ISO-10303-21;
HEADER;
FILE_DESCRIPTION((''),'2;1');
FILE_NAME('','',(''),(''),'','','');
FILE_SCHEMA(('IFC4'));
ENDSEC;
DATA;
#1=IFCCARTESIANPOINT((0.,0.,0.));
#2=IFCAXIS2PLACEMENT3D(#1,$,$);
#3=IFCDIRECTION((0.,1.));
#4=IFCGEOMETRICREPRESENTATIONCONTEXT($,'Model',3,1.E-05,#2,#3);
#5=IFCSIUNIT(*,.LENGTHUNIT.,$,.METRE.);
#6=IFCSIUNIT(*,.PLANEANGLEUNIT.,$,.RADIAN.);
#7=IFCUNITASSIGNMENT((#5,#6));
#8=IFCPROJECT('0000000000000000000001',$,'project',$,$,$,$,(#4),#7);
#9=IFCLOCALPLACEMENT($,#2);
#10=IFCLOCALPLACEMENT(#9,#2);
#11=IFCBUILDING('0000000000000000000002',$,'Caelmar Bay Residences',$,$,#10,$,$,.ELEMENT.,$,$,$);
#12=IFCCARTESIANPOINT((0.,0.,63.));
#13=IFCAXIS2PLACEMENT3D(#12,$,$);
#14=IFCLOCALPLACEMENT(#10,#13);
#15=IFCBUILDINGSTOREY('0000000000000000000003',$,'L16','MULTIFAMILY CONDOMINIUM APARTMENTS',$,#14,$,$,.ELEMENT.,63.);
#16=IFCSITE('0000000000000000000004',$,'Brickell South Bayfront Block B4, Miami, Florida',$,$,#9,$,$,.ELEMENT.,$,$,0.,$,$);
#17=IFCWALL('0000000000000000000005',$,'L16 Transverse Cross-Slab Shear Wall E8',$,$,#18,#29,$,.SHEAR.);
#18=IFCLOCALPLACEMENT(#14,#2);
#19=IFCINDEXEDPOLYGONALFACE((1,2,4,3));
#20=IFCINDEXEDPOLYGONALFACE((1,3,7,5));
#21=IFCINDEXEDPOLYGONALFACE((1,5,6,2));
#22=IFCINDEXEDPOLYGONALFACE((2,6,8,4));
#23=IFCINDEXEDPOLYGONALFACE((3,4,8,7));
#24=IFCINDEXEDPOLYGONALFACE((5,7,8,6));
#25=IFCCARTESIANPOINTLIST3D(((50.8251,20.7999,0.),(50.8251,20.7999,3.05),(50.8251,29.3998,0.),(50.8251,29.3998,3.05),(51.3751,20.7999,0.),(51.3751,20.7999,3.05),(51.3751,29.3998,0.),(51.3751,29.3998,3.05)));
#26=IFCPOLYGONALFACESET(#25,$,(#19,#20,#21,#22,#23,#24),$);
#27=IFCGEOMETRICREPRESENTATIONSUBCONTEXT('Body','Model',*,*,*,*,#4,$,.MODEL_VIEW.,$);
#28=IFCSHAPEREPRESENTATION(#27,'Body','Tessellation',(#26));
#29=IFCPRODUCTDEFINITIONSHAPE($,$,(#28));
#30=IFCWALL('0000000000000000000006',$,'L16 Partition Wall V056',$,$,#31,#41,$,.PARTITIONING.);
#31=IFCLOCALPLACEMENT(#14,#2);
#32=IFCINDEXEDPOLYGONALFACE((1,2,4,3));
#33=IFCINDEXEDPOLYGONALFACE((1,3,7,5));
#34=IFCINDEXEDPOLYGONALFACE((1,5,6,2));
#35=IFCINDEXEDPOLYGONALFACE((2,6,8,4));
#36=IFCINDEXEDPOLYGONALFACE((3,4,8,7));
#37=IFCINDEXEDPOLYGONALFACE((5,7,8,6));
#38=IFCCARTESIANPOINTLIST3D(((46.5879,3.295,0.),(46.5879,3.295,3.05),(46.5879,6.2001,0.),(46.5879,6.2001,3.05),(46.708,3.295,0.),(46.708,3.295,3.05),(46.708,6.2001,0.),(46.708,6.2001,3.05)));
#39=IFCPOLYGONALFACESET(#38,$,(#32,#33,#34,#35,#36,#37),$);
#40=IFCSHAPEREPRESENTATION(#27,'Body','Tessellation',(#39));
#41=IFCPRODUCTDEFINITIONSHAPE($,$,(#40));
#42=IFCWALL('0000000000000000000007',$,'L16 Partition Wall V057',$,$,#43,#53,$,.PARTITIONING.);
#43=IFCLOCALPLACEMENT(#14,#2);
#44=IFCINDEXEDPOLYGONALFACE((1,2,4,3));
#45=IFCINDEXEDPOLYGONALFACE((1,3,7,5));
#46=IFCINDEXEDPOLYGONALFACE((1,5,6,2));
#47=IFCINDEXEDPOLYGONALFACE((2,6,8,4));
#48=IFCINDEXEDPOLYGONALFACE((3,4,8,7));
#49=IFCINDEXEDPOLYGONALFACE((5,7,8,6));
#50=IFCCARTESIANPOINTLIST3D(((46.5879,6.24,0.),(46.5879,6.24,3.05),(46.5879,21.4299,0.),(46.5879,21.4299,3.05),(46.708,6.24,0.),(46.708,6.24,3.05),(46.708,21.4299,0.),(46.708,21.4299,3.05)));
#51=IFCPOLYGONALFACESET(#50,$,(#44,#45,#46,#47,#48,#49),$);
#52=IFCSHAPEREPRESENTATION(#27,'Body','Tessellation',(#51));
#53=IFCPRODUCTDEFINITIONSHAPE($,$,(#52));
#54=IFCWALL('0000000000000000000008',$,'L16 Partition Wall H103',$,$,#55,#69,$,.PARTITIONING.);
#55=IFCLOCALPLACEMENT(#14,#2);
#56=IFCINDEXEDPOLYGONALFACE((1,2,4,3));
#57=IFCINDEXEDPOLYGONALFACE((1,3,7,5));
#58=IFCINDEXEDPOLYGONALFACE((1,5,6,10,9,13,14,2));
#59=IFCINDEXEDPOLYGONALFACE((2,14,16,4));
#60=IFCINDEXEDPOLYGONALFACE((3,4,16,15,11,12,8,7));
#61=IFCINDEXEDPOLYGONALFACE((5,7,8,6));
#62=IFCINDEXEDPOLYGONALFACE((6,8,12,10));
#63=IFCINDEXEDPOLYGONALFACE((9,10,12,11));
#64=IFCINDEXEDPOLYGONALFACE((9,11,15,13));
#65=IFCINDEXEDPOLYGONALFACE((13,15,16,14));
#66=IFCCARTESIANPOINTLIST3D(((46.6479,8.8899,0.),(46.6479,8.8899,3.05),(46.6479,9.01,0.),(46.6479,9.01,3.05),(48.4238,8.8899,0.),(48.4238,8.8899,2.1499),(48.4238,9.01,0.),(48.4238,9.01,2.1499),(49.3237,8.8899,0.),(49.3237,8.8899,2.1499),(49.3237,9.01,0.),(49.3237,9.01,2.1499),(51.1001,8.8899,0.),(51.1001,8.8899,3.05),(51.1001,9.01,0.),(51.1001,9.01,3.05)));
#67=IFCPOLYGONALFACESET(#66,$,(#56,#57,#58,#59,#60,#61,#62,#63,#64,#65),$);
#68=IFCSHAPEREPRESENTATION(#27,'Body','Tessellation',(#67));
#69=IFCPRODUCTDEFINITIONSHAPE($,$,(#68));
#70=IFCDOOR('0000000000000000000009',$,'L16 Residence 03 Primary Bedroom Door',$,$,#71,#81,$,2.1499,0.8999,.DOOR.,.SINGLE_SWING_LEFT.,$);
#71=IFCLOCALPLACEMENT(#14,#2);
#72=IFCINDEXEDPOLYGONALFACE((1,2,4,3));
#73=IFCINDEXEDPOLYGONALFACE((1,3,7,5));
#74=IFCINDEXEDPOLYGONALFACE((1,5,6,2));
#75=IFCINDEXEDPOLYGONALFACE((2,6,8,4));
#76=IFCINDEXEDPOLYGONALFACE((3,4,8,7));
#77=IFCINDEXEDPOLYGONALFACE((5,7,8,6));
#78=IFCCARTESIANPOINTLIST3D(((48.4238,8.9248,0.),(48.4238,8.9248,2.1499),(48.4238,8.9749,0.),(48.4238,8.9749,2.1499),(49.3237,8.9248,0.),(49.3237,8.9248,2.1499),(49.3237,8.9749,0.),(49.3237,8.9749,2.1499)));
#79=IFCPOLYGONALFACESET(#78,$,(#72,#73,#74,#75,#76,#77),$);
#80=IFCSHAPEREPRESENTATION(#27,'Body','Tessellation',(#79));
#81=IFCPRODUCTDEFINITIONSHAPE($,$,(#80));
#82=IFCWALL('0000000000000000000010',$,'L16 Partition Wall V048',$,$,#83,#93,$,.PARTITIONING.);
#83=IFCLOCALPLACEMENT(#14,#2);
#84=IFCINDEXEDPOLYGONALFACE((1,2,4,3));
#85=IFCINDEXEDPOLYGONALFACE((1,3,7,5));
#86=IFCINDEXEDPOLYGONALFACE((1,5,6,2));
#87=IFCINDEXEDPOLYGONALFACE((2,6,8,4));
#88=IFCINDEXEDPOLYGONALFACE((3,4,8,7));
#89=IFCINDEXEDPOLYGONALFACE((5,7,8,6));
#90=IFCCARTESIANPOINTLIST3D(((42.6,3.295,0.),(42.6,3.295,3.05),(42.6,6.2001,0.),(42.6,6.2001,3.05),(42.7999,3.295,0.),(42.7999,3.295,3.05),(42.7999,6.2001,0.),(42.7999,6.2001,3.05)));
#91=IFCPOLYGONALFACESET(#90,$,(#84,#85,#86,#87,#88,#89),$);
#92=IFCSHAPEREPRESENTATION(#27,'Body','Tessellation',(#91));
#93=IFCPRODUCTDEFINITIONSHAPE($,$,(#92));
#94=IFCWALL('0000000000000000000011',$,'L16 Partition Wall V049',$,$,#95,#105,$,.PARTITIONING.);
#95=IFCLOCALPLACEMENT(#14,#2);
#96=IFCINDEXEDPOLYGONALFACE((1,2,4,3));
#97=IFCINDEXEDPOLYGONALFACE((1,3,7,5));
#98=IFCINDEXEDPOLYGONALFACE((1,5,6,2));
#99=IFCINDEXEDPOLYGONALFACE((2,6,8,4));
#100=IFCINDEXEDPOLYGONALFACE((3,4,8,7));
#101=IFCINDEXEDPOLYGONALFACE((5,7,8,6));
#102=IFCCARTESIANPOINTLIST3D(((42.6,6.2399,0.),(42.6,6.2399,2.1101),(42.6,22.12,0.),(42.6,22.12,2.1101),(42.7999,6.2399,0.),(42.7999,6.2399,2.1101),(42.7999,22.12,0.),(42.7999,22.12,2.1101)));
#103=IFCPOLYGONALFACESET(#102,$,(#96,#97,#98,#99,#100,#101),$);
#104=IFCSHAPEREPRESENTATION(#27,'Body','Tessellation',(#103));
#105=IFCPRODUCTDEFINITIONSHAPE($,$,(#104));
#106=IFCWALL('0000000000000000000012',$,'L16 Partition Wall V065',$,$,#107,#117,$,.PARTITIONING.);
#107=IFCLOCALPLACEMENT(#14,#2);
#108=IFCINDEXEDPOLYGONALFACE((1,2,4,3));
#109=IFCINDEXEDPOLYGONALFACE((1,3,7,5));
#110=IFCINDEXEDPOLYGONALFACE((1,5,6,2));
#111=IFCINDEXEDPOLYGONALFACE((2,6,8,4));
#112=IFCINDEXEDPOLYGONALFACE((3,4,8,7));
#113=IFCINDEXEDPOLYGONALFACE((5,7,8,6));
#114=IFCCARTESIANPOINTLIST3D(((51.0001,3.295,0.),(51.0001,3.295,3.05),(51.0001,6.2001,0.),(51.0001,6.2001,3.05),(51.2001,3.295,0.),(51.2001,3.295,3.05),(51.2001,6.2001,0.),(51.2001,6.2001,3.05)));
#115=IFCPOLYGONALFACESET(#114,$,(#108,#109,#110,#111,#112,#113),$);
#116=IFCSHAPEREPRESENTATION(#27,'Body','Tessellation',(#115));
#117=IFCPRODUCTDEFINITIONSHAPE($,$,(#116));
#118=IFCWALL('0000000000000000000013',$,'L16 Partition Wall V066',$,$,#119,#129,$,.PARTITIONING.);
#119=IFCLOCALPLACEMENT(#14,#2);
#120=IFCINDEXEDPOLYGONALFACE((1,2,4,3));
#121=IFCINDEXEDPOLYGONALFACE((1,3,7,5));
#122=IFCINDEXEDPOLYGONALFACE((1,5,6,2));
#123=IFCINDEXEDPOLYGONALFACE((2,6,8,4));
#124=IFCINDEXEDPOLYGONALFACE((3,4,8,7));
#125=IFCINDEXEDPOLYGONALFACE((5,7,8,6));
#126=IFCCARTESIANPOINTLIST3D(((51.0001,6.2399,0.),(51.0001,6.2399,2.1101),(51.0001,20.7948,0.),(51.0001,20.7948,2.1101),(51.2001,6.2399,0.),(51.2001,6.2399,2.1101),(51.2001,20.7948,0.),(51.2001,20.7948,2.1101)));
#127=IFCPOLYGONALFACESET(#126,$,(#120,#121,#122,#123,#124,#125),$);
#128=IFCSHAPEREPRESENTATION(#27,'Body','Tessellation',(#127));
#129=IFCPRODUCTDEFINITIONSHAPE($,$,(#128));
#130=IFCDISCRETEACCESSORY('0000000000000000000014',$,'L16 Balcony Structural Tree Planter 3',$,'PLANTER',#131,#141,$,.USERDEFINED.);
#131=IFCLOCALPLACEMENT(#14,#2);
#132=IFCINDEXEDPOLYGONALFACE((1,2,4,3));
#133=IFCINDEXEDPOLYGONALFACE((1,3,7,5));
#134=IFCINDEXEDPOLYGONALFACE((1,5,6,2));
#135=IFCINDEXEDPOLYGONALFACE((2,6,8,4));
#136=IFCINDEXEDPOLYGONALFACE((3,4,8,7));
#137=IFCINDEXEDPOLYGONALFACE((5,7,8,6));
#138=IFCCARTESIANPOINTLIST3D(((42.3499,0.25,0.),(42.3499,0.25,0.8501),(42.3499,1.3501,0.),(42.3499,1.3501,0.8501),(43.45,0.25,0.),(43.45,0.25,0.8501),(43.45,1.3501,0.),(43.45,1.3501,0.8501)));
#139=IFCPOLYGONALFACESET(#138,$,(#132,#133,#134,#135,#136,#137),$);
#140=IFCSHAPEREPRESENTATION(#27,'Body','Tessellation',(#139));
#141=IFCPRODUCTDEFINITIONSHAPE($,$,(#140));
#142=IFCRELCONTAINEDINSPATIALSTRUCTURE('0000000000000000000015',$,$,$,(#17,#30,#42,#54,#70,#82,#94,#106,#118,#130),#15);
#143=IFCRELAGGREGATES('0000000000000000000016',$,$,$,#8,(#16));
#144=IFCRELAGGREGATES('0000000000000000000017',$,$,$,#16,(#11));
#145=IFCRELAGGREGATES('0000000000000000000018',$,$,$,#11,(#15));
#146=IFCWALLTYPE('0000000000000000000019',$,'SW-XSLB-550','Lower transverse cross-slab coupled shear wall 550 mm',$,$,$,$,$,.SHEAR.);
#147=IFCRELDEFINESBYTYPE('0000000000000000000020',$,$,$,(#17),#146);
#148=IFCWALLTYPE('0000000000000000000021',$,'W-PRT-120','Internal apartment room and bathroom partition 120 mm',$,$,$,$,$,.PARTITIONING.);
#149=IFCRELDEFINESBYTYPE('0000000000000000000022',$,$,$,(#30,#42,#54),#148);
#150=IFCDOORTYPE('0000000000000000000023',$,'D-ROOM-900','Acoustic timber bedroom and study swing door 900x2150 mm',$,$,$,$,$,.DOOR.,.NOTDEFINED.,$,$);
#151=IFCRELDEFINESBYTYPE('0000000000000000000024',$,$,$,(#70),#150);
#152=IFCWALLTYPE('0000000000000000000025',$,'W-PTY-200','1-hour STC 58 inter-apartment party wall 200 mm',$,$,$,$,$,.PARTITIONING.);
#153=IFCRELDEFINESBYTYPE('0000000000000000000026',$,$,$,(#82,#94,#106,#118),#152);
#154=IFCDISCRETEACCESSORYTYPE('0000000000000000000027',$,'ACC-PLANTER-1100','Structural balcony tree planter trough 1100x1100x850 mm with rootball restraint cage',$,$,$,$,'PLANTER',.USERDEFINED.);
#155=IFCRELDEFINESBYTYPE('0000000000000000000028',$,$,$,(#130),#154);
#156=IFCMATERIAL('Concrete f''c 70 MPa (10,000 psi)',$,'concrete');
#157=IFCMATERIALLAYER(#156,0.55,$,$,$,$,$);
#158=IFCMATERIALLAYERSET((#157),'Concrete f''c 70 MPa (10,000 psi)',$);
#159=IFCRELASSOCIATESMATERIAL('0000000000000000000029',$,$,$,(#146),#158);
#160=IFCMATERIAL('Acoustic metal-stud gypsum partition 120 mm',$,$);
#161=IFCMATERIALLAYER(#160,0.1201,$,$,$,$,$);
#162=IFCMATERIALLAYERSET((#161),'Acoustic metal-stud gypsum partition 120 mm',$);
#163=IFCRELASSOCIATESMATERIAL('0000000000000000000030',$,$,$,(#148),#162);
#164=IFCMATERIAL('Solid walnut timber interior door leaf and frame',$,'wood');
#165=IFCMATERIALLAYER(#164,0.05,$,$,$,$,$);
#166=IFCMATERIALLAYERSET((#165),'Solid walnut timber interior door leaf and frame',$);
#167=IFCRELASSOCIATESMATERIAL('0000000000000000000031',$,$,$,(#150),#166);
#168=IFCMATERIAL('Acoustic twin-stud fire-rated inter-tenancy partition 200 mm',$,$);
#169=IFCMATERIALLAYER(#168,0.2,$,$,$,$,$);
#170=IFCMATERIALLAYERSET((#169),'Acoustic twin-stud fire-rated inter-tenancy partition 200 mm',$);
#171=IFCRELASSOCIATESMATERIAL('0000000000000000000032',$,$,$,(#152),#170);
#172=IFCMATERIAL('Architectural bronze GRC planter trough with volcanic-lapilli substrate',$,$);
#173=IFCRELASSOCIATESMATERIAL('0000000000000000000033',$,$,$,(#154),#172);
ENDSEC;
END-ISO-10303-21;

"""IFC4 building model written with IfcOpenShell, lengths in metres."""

from ifc_helpers import new_model, si_unit, direction, frame, frame_2d, origin, origin_2d, place, context, subcontext, project, spatial, rectangle, extrude, material, layer, layer_set, type_object, element, fill, save


model = new_model("IFC4")

# Units and contexts
model_context = context("Model", 3, precision=1e-05, world=origin(), true_north=direction((0.0, 1.0)))
body_context = subcontext(model_context, "Body", "Model", "MODEL_VIEW")
ifc_project = project(units=[si_unit("LENGTHUNIT", "METRE"), si_unit("PLANEANGLEUNIT", "RADIAN")], contexts=[model_context])

# Site, building, storey
site_placement = place(None, origin())
site = spatial("IfcSite", under=ifc_project, at=site_placement, Name="Brickell South Bayfront Block B4, Miami, Florida", CompositionType="ELEMENT", RefElevation=0.0)
building_placement = place(site_placement, origin())
building = spatial("IfcBuilding", under=site, at=building_placement, Name="Caelmar Bay Residences", CompositionType="ELEMENT")
storey_placement = place(building_placement, frame((0.0, 0.0, 63.0)))
storey = spatial("IfcBuildingStorey", under=building, at=storey_placement, Name="L16", Description="MULTIFAMILY CONDOMINIUM APARTMENTS", CompositionType="ELEMENT", Elevation=63.0)

# Shared definitions
ifc_material_1 = material(Name="Concrete f'c 70 MPa (10,000 psi)", Category="concrete")

# Walls
ifc_layer_1 = layer(ifc_material_1, 0.55)
ifc_layer_set_1 = layer_set([ifc_layer_1], Name="Concrete f'c 70 MPa (10,000 psi)")
wall_type_1 = type_object("IfcWallType", Name="SW-XSLB-550", Description="Lower transverse cross-slab coupled shear wall 550 mm", PredefinedType="SHEAR", material=ifc_layer_set_1)
wall_1_placement = place(storey_placement, frame((51.1001, 20.8, 0.0), z_axis=(0.0, 0.0, 1.0), x_axis=(0.0, 1.0, 0.0)))
element("IfcWall", 1, at=wall_1_placement, inside=storey, type_object=wall_type_1, Name="L16 Transverse Cross-Slab Shear Wall E8", PredefinedType="SHEAR", context=body_context, shape_type="SweptSolid", body=[
    extrude(rectangle(XDim=8.5999, YDim=0.55, at=frame_2d((4.2998, 0.0))), origin(), (0.0, 0.0, 1.0), 3.05),
])
ifc_material_2 = material(Name="Acoustic metal-stud gypsum partition 120 mm")
ifc_layer_2 = layer(ifc_material_2, 0.1201)
ifc_layer_set_2 = layer_set([ifc_layer_2], Name="Acoustic metal-stud gypsum partition 120 mm")
wall_type_2 = type_object("IfcWallType", Name="W-PRT-120", Description="Internal apartment room and bathroom partition 120 mm", PredefinedType="PARTITIONING", material=ifc_layer_set_2)
wall_2_placement = place(storey_placement, frame((46.6479, 3.2949, 0.0), z_axis=(0.0, 0.0, 1.0), x_axis=(0.0, 1.0, 0.0)))
element("IfcWall", 2, at=wall_2_placement, inside=storey, type_object=wall_type_2, Name="L16 Partition Wall V056", PredefinedType="PARTITIONING", context=body_context, shape_type="SweptSolid", body=[
    extrude(rectangle(XDim=2.905, YDim=0.1201, at=frame_2d((1.4526, 0.0))), origin(), (0.0, 0.0, 1.0), 3.05),
])
wall_3_placement = place(storey_placement, frame((46.6479, 6.24, 0.0), z_axis=(0.0, 0.0, 1.0), x_axis=(0.0, 1.0, 0.0)))
element("IfcWall", 3, at=wall_3_placement, inside=storey, type_object=wall_type_2, Name="L16 Partition Wall V057", PredefinedType="PARTITIONING", context=body_context, shape_type="SweptSolid", body=[
    extrude(rectangle(XDim=15.1899, YDim=0.1201, at=frame_2d((7.595, 0.0))), origin(), (0.0, 0.0, 1.0), 3.05),
])

# Wall, opening, door
wall_4_placement = place(storey_placement, frame((46.6479, 8.95, 0.0), z_axis=(0.0, 0.0, 1.0), x_axis=(1.0, 0.0, 0.0)))
wall_4 = element("IfcWall", 4, at=wall_4_placement, inside=storey, type_object=wall_type_2, Name="L16 Partition Wall H103", PredefinedType="PARTITIONING", context=body_context, shape_type="SweptSolid", body=[
    extrude(rectangle(XDim=4.4521, YDim=0.1201, at=frame_2d((2.2261, 0.0))), origin(), (0.0, 0.0, 1.0), 3.05),
])
opening_placement = place(wall_4_placement, frame((1.7759, 0.0, 0.0)))
opening = element("IfcOpeningElement", 5, at=opening_placement, cuts=wall_4, PredefinedType="OPENING", context=body_context, shape_type="SweptSolid", body=[
    extrude(rectangle(XDim=0.8999, YDim=2.1499, at=frame_2d((0.45, 1.075))), frame((0.0, 0.0701, 0.0), z_axis=(0.0, -1.0, 0.0), x_axis=(1.0, 0.0, 0.0)), (0.0, 0.0, 1.0), 0.1401),
])
ifc_material_3 = material(Name="Solid walnut timber interior door leaf and frame", Category="wood")
ifc_layer_3 = layer(ifc_material_3, 0.05)
ifc_layer_set_3 = layer_set([ifc_layer_3], Name="Solid walnut timber interior door leaf and frame")
door_type = type_object("IfcDoorType", Name="D-ROOM-900", Description="Acoustic timber bedroom and study swing door 900x2150 mm", OperationType="NOTDEFINED", PredefinedType="DOOR", material=ifc_layer_set_3)
door_placement = place(opening_placement, origin())
door = element("IfcDoor", 6, at=door_placement, inside=storey, type_object=door_type, Name="L16 Residence 03 Primary Bedroom Door", OperationType="SINGLE_SWING_LEFT", OverallHeight=2.1499, OverallWidth=0.8999, PredefinedType="DOOR", context=body_context, shape_type="SweptSolid", body=[
    extrude(rectangle(XDim=0.8999, YDim=2.1499, at=frame_2d((0.45, 1.075))), frame((0.0, 0.0249, 0.0), z_axis=(0.0, -1.0, 0.0), x_axis=(1.0, 0.0, 0.0)), (0.0, 0.0, 1.0), 0.05),
])
fill(opening, door)

# Walls
ifc_material_4 = material(Name="Acoustic twin-stud fire-rated inter-tenancy partition 200 mm")
ifc_layer_4 = layer(ifc_material_4, 0.2)
ifc_layer_set_4 = layer_set([ifc_layer_4], Name="Acoustic twin-stud fire-rated inter-tenancy partition 200 mm")
wall_type_3 = type_object("IfcWallType", Name="W-PTY-200", Description="1-hour STC 58 inter-apartment party wall 200 mm", PredefinedType="PARTITIONING", material=ifc_layer_set_4)
wall_5_placement = place(storey_placement, frame((42.7, 3.2949, 0.0), z_axis=(0.0, 0.0, 1.0), x_axis=(0.0, 1.0, 0.0)))
element("IfcWall", 7, at=wall_5_placement, inside=storey, type_object=wall_type_3, Name="L16 Partition Wall V048", PredefinedType="PARTITIONING", context=body_context, shape_type="SweptSolid", body=[
    extrude(rectangle(XDim=2.905, YDim=0.2, at=frame_2d((1.4526, 0.0))), origin(), (0.0, 0.0, 1.0), 3.05),
])
wall_6_placement = place(storey_placement, frame((42.7, 6.24, 0.0), z_axis=(0.0, 0.0, 1.0), x_axis=(0.0, 1.0, 0.0)))
element("IfcWall", 8, at=wall_6_placement, inside=storey, type_object=wall_type_3, Name="L16 Partition Wall V049", PredefinedType="PARTITIONING", context=body_context, shape_type="SweptSolid", body=[
    extrude(rectangle(XDim=15.8801, YDim=0.2, at=frame_2d((7.9399, 0.0))), origin(), (0.0, 0.0, 1.0), 2.1101),
])
wall_7_placement = place(storey_placement, frame((51.1001, 3.2949, 0.0), z_axis=(0.0, 0.0, 1.0), x_axis=(0.0, 1.0, 0.0)))
element("IfcWall", 9, at=wall_7_placement, inside=storey, type_object=wall_type_3, Name="L16 Partition Wall V065", PredefinedType="PARTITIONING", context=body_context, shape_type="SweptSolid", body=[
    extrude(rectangle(XDim=2.905, YDim=0.2, at=frame_2d((1.4526, 0.0))), origin(), (0.0, 0.0, 1.0), 3.05),
])
wall_8_placement = place(storey_placement, frame((51.1001, 6.24, 0.0), z_axis=(0.0, 0.0, 1.0), x_axis=(0.0, 1.0, 0.0)))
element("IfcWall", 10, at=wall_8_placement, inside=storey, type_object=wall_type_3, Name="L16 Partition Wall V066", PredefinedType="PARTITIONING", context=body_context, shape_type="SweptSolid", body=[
    extrude(rectangle(XDim=14.5549, YDim=0.2, at=frame_2d((7.2773, 0.0))), origin(), (0.0, 0.0, 1.0), 2.1101),
])

# Discrete accessory
ifc_material_5 = material(Name="Architectural bronze GRC planter trough with volcanic-lapilli substrate")
discrete_accessory_type = type_object("IfcDiscreteAccessoryType", Name="ACC-PLANTER-1100", Description="Structural balcony tree planter trough 1100x1100x850 mm with rootball restraint cage", ElementType="PLANTER", PredefinedType="USERDEFINED", material=ifc_material_5)
discrete_accessory_placement = place(storey_placement, frame((42.8999, 0.8, 0.0), z_axis=(0.0, 0.0, 1.0), x_axis=(1.0, 0.0, 0.0)))
element("IfcDiscreteAccessory", 11, at=discrete_accessory_placement, inside=storey, type_object=discrete_accessory_type, Name="L16 Balcony Structural Tree Planter 3", ObjectType="PLANTER", PredefinedType="USERDEFINED", context=body_context, shape_type="SweptSolid", body=[
    extrude(rectangle(XDim=1.1001, YDim=1.1001, at=origin_2d()), origin(), (0.0, 0.0, 1.0), 0.8501),
])

save(model, "model.ifc")
